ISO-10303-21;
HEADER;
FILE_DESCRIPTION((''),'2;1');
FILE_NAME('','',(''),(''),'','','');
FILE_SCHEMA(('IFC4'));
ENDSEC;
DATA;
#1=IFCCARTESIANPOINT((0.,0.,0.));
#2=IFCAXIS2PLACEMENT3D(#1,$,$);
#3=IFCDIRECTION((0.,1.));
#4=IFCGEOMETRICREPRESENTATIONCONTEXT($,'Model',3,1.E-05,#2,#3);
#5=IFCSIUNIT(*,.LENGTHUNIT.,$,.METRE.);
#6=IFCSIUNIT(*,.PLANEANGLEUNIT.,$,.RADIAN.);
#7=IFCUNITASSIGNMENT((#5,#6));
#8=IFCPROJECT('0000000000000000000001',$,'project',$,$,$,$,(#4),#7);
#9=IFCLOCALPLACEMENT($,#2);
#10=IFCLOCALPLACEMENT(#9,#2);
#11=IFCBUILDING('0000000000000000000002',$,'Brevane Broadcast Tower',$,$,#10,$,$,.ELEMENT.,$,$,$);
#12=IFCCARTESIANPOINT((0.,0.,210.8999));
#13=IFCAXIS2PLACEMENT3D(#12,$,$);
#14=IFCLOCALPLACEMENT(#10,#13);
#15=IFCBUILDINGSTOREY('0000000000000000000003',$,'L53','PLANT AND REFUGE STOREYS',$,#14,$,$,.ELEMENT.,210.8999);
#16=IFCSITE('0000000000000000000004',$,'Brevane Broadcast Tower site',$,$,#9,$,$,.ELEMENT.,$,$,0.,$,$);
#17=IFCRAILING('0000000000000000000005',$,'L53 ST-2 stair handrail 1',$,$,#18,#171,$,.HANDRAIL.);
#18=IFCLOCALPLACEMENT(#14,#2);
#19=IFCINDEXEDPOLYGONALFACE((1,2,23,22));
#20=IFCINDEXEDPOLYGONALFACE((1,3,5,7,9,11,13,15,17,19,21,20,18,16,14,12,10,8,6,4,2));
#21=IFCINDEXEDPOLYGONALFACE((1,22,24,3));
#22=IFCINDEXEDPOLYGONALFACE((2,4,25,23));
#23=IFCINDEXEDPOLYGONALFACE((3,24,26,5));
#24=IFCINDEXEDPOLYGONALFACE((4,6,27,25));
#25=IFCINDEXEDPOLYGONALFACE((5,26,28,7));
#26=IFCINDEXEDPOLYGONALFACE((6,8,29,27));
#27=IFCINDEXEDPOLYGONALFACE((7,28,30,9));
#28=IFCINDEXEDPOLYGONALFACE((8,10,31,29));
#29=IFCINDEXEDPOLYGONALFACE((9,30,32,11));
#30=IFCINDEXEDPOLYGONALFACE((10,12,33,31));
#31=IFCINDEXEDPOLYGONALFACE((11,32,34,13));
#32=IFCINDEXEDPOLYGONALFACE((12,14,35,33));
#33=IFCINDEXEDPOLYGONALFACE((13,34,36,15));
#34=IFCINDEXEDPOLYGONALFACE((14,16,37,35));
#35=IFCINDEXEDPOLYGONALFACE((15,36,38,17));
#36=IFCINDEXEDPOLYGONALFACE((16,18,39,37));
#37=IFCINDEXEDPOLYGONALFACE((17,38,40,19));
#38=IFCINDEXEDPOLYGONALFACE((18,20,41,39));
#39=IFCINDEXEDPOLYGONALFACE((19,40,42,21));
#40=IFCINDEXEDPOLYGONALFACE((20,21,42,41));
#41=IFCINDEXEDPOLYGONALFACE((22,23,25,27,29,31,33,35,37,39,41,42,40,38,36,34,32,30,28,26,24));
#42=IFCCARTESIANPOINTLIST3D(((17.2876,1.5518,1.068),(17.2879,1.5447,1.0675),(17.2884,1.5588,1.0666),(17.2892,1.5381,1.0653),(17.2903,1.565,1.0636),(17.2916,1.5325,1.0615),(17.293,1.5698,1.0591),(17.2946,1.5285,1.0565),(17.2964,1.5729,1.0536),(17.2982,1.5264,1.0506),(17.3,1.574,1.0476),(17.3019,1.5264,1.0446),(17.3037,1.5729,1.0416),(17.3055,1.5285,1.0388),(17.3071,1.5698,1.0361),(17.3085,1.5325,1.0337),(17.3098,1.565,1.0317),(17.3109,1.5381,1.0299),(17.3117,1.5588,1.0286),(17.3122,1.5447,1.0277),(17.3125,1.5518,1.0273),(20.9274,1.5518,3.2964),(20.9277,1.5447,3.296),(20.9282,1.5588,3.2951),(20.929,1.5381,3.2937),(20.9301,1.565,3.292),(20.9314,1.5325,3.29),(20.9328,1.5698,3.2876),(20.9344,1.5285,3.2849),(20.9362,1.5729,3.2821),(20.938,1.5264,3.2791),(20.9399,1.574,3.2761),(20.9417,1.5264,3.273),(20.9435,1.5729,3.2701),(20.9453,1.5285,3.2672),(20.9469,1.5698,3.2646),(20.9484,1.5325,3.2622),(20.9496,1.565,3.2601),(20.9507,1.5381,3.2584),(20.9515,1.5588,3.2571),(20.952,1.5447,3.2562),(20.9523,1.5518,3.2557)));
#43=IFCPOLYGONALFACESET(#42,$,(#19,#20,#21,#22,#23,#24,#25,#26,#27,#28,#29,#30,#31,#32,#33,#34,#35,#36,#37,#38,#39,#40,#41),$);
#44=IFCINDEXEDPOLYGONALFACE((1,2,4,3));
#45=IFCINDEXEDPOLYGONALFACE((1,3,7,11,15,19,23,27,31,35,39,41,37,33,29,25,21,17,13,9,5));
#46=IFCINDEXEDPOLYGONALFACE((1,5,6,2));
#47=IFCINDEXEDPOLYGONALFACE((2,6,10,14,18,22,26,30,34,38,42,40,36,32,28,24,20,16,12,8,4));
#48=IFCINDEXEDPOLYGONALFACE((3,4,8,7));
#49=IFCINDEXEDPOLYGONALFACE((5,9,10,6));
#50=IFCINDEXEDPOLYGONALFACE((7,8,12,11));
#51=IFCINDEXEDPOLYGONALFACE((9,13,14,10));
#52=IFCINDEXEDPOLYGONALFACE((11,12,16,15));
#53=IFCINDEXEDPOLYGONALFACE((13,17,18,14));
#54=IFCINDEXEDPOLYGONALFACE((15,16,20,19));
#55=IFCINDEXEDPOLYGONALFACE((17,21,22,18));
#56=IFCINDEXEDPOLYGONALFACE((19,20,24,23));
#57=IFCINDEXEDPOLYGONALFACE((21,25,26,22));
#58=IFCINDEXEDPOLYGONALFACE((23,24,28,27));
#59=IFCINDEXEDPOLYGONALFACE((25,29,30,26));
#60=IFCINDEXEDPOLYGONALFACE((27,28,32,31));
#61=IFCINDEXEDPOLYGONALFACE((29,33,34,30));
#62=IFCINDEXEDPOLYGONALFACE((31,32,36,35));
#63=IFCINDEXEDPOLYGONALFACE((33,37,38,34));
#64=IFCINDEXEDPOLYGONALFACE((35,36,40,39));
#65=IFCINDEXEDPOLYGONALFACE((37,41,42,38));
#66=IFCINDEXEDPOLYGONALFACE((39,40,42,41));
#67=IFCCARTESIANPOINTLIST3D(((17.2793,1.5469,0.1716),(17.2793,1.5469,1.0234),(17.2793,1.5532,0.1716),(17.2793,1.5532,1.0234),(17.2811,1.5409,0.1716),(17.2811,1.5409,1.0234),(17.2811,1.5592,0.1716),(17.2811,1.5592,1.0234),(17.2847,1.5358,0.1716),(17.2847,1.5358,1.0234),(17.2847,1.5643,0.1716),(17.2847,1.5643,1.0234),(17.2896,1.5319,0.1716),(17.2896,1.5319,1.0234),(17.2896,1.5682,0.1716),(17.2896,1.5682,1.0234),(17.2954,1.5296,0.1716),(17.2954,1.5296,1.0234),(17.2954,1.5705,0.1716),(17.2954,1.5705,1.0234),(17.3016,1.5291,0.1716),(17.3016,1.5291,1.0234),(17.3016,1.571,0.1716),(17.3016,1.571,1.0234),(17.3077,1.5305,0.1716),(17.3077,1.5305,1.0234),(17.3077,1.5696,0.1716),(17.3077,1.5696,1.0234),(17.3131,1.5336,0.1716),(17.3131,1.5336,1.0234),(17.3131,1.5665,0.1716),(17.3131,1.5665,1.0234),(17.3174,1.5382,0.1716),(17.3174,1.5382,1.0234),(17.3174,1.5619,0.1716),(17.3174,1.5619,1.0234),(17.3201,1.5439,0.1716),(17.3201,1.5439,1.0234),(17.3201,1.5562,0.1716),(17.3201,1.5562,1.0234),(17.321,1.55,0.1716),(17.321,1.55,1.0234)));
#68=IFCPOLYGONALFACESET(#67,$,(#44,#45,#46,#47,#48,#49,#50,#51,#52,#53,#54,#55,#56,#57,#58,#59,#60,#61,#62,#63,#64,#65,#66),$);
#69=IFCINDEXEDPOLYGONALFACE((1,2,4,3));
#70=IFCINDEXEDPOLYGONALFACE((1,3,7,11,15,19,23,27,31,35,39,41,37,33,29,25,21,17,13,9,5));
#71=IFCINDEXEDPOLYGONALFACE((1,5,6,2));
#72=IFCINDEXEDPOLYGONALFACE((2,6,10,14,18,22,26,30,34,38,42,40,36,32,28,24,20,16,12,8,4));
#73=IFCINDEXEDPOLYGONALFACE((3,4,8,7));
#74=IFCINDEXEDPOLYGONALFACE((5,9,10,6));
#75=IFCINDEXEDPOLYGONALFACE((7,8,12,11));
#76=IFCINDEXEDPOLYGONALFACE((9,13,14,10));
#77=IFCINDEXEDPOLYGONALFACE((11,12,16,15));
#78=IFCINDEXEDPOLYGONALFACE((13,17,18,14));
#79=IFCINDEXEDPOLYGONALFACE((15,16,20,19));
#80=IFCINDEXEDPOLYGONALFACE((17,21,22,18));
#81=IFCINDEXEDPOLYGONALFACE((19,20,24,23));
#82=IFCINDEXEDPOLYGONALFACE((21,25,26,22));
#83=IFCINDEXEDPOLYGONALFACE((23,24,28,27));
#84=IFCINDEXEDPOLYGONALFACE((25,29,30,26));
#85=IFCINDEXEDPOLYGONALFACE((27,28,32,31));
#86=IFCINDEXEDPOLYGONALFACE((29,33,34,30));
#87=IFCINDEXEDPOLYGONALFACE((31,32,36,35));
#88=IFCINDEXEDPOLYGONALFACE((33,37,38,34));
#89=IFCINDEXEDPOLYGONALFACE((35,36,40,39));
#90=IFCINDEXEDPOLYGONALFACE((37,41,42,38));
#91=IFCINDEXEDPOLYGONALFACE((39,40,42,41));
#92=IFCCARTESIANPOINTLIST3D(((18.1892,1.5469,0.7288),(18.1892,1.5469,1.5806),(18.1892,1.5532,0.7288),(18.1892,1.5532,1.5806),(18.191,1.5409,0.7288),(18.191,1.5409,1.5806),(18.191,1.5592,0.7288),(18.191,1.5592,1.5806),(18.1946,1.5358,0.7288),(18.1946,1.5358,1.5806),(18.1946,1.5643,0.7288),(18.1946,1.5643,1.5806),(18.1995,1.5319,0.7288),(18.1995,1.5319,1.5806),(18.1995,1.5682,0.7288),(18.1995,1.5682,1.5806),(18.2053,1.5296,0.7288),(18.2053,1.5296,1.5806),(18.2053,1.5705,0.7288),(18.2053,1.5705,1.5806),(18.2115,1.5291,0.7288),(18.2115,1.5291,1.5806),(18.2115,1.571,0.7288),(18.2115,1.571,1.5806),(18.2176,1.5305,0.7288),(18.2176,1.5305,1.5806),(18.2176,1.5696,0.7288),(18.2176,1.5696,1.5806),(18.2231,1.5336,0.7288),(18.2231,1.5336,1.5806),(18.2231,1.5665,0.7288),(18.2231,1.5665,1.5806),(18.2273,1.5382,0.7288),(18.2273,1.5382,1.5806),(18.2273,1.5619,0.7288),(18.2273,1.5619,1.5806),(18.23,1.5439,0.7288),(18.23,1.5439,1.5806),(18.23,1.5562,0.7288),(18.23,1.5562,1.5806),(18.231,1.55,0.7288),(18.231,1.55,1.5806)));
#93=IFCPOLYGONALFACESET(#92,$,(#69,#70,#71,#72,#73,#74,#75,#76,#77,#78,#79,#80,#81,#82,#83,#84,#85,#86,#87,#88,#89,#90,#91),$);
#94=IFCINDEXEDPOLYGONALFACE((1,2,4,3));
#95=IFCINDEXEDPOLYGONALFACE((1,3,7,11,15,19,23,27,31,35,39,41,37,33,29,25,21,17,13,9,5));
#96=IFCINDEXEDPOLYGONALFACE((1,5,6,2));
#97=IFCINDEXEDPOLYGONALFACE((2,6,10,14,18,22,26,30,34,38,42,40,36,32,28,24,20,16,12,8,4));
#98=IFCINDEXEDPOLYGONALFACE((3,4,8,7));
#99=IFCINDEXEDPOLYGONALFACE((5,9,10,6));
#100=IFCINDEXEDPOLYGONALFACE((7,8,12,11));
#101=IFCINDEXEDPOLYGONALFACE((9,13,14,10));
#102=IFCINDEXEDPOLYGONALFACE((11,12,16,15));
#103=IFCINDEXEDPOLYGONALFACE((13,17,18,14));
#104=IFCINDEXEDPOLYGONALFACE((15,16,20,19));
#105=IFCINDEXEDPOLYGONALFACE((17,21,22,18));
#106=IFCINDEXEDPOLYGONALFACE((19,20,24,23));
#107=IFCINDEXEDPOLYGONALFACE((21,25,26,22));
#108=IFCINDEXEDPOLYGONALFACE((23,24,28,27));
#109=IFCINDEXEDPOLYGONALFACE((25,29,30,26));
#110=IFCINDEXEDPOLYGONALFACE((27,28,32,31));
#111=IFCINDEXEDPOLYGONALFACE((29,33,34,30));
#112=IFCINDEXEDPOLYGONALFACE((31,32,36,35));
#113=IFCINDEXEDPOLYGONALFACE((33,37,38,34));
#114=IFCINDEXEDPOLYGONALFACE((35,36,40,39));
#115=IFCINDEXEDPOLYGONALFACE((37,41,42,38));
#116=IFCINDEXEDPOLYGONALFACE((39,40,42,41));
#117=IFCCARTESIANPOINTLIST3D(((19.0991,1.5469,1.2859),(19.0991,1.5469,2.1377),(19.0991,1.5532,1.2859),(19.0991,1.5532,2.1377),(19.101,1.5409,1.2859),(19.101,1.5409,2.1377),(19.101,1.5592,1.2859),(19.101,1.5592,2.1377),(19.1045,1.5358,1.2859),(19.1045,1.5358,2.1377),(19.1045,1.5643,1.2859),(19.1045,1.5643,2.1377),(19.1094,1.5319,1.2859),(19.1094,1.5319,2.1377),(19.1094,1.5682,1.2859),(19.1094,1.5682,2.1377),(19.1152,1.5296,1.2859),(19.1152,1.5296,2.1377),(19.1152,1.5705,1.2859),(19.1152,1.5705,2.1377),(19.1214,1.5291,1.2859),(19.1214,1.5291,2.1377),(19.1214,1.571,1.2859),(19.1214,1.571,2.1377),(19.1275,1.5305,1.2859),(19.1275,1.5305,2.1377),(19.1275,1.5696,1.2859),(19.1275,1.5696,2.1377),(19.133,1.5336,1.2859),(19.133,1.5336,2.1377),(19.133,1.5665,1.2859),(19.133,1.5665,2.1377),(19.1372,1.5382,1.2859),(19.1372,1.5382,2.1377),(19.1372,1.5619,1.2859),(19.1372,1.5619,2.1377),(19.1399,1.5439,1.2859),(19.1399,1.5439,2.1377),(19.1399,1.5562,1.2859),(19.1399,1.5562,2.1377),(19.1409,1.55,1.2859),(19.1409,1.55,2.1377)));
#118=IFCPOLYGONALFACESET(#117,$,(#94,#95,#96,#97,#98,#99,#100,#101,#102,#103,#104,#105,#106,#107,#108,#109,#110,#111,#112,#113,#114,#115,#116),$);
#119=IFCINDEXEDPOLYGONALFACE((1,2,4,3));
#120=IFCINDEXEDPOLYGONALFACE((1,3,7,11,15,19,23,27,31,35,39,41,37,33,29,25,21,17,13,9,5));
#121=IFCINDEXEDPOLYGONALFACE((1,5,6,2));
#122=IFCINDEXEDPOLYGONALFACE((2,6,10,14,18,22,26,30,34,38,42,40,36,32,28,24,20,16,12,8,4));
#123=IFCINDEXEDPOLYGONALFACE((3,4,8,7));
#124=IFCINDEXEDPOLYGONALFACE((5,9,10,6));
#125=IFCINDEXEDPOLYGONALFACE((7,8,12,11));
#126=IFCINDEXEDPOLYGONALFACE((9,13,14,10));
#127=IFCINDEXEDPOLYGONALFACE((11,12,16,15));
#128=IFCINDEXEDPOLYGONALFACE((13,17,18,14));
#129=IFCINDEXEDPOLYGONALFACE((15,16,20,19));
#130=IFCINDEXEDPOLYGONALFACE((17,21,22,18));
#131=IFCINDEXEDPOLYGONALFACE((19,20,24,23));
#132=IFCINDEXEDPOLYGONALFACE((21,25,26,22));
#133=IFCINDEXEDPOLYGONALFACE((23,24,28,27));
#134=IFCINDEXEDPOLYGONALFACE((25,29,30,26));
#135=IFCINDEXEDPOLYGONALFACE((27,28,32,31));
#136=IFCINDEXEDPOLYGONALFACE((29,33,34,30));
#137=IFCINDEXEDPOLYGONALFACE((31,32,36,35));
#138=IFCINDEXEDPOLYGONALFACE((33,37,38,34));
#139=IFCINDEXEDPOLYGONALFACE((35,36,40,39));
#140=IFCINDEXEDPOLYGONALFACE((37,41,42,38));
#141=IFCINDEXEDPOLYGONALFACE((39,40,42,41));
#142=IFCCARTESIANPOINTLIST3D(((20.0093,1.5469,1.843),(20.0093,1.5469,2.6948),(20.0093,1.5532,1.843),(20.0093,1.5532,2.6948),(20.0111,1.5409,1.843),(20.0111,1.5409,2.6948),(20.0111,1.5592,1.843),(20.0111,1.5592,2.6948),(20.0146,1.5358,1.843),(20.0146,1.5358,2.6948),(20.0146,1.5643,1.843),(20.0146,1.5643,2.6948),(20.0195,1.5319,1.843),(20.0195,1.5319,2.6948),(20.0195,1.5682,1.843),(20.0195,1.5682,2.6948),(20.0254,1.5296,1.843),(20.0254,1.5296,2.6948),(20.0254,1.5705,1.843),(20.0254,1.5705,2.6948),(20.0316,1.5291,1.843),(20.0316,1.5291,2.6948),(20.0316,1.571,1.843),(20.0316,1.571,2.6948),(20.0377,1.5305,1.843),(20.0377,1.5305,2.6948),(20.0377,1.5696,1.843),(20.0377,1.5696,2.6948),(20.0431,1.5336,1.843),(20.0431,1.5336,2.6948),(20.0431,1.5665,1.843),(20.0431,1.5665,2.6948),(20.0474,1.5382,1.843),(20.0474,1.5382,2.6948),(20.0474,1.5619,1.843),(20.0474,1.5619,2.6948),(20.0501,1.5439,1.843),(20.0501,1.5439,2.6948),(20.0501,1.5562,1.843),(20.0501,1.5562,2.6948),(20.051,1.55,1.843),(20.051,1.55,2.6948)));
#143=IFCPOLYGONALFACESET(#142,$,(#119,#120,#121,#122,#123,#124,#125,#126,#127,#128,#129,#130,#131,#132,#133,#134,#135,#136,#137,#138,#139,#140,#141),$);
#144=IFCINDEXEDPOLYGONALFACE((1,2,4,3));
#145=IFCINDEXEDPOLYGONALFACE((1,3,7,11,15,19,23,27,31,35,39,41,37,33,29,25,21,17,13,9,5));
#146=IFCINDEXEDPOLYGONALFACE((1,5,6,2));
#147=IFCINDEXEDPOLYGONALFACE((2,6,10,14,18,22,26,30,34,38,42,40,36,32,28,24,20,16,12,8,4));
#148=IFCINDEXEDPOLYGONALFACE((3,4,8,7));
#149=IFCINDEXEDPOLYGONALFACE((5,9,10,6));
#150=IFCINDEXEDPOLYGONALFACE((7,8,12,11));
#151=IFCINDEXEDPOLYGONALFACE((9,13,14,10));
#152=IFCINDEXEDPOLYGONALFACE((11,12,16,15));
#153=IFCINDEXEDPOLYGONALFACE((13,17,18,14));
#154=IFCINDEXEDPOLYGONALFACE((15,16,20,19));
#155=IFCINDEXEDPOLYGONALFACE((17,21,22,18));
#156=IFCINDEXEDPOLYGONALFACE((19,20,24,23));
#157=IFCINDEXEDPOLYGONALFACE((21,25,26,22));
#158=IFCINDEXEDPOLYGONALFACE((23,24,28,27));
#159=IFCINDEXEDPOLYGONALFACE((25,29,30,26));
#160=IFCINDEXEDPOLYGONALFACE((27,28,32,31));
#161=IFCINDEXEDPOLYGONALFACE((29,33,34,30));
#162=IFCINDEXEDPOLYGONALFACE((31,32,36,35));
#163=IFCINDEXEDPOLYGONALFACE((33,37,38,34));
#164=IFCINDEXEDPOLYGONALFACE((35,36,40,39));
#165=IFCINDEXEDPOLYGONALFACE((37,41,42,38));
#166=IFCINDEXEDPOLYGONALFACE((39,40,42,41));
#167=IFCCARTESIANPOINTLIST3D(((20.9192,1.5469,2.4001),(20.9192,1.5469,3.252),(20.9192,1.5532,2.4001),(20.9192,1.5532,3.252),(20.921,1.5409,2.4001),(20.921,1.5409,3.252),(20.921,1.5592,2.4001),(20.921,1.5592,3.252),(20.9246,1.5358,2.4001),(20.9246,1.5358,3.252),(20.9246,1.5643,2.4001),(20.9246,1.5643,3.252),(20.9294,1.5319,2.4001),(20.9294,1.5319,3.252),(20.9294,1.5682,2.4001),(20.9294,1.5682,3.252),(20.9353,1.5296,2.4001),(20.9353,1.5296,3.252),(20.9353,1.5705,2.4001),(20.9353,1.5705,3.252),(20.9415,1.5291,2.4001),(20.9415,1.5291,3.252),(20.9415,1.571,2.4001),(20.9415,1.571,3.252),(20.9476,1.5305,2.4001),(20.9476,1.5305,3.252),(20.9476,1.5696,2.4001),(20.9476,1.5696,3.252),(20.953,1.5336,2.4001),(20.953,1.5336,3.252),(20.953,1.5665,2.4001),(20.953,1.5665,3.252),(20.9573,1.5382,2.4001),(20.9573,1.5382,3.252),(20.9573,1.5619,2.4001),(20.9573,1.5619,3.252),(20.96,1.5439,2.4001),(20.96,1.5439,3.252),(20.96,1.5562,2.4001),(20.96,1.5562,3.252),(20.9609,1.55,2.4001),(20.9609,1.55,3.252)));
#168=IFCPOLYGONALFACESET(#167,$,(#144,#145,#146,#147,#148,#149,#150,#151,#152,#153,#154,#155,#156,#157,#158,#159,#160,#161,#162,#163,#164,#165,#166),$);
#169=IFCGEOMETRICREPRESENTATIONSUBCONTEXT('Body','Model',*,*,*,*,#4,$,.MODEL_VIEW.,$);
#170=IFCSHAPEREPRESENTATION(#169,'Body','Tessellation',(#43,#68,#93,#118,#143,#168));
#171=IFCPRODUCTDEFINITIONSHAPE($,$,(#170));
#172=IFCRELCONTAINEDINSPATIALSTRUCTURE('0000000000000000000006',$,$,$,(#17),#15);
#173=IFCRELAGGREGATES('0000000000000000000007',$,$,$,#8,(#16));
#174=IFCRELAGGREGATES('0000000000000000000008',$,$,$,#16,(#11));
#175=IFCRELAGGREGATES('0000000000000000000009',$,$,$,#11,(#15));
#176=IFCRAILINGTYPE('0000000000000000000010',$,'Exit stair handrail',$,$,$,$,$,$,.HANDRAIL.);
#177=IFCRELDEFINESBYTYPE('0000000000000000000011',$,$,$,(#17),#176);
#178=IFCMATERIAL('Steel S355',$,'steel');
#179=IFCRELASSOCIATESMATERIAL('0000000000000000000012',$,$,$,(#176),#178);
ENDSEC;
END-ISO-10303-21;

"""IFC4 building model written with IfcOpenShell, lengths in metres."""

from ifc_helpers import new_model, si_unit, direction, frame, origin, origin_2d, place, context, subcontext, project, spatial, circle, extrude, material, type_object, element, save


model = new_model("IFC4")

# Units and contexts
model_context = context("Model", 3, precision=1e-05, world=origin(), true_north=direction((0.0, 1.0)))
body_context = subcontext(model_context, "Body", "Model", "MODEL_VIEW")
ifc_project = project(units=[si_unit("LENGTHUNIT", "METRE"), si_unit("PLANEANGLEUNIT", "RADIAN")], contexts=[model_context])

# Site, building, storey
site_placement = place(None, origin())
site = spatial("IfcSite", under=ifc_project, at=site_placement, Name="Brevane Broadcast Tower site", CompositionType="ELEMENT", RefElevation=0.0)
building_placement = place(site_placement, origin())
building = spatial("IfcBuilding", under=site, at=building_placement, Name="Brevane Broadcast Tower", CompositionType="ELEMENT")
storey_placement = place(building_placement, frame((0.0, 0.0, 210.8999)))
storey = spatial("IfcBuildingStorey", under=building, at=storey_placement, Name="L53", Description="PLANT AND REFUGE STOREYS", CompositionType="ELEMENT", Elevation=210.8999)

# Railing
ifc_material_1 = material(Name="Steel S355", Category="steel")
railing_type_1 = type_object("IfcRailingType", Name="Exit stair handrail", PredefinedType="HANDRAIL", material=ifc_material_1)
railing_1_placement = place(storey_placement, frame((17.3, 1.55, 0.1716)))
element("IfcRailing", 1, at=railing_1_placement, inside=storey, type_object=railing_type_1, Name="L53 ST-2 stair handrail 1", PredefinedType="HANDRAIL", context=body_context, shape_type="SweptSolid", body=[
    extrude(circle(Radius=0.0239, at=origin_2d()), frame((0.0, 0.0, 0.876), z_axis=(0.85285, 0.0, 0.522156), x_axis=(0.0, 1.0, 0.0)), (0.0, 0.0, 1.0), 4.2678),
    extrude(circle(Radius=0.021, at=origin_2d()), origin(), (0.0, 0.0, 1.0), 0.8518),
    extrude(circle(Radius=0.021, at=origin_2d()), frame((0.9099, 0.0, 0.5571)), (0.0, 0.0, 1.0), 0.8518),
    extrude(circle(Radius=0.021, at=origin_2d()), frame((1.8198, 0.0, 1.1143)), (0.0, 0.0, 1.0), 0.8518),
    extrude(circle(Radius=0.021, at=origin_2d()), frame((2.73, 0.0, 1.6714)), (0.0, 0.0, 1.0), 0.8518),
    extrude(circle(Radius=0.021, at=origin_2d()), frame((3.6399, 0.0, 2.2285)), (0.0, 0.0, 1.0), 0.8518),
])

save(model, "model.ifc")
